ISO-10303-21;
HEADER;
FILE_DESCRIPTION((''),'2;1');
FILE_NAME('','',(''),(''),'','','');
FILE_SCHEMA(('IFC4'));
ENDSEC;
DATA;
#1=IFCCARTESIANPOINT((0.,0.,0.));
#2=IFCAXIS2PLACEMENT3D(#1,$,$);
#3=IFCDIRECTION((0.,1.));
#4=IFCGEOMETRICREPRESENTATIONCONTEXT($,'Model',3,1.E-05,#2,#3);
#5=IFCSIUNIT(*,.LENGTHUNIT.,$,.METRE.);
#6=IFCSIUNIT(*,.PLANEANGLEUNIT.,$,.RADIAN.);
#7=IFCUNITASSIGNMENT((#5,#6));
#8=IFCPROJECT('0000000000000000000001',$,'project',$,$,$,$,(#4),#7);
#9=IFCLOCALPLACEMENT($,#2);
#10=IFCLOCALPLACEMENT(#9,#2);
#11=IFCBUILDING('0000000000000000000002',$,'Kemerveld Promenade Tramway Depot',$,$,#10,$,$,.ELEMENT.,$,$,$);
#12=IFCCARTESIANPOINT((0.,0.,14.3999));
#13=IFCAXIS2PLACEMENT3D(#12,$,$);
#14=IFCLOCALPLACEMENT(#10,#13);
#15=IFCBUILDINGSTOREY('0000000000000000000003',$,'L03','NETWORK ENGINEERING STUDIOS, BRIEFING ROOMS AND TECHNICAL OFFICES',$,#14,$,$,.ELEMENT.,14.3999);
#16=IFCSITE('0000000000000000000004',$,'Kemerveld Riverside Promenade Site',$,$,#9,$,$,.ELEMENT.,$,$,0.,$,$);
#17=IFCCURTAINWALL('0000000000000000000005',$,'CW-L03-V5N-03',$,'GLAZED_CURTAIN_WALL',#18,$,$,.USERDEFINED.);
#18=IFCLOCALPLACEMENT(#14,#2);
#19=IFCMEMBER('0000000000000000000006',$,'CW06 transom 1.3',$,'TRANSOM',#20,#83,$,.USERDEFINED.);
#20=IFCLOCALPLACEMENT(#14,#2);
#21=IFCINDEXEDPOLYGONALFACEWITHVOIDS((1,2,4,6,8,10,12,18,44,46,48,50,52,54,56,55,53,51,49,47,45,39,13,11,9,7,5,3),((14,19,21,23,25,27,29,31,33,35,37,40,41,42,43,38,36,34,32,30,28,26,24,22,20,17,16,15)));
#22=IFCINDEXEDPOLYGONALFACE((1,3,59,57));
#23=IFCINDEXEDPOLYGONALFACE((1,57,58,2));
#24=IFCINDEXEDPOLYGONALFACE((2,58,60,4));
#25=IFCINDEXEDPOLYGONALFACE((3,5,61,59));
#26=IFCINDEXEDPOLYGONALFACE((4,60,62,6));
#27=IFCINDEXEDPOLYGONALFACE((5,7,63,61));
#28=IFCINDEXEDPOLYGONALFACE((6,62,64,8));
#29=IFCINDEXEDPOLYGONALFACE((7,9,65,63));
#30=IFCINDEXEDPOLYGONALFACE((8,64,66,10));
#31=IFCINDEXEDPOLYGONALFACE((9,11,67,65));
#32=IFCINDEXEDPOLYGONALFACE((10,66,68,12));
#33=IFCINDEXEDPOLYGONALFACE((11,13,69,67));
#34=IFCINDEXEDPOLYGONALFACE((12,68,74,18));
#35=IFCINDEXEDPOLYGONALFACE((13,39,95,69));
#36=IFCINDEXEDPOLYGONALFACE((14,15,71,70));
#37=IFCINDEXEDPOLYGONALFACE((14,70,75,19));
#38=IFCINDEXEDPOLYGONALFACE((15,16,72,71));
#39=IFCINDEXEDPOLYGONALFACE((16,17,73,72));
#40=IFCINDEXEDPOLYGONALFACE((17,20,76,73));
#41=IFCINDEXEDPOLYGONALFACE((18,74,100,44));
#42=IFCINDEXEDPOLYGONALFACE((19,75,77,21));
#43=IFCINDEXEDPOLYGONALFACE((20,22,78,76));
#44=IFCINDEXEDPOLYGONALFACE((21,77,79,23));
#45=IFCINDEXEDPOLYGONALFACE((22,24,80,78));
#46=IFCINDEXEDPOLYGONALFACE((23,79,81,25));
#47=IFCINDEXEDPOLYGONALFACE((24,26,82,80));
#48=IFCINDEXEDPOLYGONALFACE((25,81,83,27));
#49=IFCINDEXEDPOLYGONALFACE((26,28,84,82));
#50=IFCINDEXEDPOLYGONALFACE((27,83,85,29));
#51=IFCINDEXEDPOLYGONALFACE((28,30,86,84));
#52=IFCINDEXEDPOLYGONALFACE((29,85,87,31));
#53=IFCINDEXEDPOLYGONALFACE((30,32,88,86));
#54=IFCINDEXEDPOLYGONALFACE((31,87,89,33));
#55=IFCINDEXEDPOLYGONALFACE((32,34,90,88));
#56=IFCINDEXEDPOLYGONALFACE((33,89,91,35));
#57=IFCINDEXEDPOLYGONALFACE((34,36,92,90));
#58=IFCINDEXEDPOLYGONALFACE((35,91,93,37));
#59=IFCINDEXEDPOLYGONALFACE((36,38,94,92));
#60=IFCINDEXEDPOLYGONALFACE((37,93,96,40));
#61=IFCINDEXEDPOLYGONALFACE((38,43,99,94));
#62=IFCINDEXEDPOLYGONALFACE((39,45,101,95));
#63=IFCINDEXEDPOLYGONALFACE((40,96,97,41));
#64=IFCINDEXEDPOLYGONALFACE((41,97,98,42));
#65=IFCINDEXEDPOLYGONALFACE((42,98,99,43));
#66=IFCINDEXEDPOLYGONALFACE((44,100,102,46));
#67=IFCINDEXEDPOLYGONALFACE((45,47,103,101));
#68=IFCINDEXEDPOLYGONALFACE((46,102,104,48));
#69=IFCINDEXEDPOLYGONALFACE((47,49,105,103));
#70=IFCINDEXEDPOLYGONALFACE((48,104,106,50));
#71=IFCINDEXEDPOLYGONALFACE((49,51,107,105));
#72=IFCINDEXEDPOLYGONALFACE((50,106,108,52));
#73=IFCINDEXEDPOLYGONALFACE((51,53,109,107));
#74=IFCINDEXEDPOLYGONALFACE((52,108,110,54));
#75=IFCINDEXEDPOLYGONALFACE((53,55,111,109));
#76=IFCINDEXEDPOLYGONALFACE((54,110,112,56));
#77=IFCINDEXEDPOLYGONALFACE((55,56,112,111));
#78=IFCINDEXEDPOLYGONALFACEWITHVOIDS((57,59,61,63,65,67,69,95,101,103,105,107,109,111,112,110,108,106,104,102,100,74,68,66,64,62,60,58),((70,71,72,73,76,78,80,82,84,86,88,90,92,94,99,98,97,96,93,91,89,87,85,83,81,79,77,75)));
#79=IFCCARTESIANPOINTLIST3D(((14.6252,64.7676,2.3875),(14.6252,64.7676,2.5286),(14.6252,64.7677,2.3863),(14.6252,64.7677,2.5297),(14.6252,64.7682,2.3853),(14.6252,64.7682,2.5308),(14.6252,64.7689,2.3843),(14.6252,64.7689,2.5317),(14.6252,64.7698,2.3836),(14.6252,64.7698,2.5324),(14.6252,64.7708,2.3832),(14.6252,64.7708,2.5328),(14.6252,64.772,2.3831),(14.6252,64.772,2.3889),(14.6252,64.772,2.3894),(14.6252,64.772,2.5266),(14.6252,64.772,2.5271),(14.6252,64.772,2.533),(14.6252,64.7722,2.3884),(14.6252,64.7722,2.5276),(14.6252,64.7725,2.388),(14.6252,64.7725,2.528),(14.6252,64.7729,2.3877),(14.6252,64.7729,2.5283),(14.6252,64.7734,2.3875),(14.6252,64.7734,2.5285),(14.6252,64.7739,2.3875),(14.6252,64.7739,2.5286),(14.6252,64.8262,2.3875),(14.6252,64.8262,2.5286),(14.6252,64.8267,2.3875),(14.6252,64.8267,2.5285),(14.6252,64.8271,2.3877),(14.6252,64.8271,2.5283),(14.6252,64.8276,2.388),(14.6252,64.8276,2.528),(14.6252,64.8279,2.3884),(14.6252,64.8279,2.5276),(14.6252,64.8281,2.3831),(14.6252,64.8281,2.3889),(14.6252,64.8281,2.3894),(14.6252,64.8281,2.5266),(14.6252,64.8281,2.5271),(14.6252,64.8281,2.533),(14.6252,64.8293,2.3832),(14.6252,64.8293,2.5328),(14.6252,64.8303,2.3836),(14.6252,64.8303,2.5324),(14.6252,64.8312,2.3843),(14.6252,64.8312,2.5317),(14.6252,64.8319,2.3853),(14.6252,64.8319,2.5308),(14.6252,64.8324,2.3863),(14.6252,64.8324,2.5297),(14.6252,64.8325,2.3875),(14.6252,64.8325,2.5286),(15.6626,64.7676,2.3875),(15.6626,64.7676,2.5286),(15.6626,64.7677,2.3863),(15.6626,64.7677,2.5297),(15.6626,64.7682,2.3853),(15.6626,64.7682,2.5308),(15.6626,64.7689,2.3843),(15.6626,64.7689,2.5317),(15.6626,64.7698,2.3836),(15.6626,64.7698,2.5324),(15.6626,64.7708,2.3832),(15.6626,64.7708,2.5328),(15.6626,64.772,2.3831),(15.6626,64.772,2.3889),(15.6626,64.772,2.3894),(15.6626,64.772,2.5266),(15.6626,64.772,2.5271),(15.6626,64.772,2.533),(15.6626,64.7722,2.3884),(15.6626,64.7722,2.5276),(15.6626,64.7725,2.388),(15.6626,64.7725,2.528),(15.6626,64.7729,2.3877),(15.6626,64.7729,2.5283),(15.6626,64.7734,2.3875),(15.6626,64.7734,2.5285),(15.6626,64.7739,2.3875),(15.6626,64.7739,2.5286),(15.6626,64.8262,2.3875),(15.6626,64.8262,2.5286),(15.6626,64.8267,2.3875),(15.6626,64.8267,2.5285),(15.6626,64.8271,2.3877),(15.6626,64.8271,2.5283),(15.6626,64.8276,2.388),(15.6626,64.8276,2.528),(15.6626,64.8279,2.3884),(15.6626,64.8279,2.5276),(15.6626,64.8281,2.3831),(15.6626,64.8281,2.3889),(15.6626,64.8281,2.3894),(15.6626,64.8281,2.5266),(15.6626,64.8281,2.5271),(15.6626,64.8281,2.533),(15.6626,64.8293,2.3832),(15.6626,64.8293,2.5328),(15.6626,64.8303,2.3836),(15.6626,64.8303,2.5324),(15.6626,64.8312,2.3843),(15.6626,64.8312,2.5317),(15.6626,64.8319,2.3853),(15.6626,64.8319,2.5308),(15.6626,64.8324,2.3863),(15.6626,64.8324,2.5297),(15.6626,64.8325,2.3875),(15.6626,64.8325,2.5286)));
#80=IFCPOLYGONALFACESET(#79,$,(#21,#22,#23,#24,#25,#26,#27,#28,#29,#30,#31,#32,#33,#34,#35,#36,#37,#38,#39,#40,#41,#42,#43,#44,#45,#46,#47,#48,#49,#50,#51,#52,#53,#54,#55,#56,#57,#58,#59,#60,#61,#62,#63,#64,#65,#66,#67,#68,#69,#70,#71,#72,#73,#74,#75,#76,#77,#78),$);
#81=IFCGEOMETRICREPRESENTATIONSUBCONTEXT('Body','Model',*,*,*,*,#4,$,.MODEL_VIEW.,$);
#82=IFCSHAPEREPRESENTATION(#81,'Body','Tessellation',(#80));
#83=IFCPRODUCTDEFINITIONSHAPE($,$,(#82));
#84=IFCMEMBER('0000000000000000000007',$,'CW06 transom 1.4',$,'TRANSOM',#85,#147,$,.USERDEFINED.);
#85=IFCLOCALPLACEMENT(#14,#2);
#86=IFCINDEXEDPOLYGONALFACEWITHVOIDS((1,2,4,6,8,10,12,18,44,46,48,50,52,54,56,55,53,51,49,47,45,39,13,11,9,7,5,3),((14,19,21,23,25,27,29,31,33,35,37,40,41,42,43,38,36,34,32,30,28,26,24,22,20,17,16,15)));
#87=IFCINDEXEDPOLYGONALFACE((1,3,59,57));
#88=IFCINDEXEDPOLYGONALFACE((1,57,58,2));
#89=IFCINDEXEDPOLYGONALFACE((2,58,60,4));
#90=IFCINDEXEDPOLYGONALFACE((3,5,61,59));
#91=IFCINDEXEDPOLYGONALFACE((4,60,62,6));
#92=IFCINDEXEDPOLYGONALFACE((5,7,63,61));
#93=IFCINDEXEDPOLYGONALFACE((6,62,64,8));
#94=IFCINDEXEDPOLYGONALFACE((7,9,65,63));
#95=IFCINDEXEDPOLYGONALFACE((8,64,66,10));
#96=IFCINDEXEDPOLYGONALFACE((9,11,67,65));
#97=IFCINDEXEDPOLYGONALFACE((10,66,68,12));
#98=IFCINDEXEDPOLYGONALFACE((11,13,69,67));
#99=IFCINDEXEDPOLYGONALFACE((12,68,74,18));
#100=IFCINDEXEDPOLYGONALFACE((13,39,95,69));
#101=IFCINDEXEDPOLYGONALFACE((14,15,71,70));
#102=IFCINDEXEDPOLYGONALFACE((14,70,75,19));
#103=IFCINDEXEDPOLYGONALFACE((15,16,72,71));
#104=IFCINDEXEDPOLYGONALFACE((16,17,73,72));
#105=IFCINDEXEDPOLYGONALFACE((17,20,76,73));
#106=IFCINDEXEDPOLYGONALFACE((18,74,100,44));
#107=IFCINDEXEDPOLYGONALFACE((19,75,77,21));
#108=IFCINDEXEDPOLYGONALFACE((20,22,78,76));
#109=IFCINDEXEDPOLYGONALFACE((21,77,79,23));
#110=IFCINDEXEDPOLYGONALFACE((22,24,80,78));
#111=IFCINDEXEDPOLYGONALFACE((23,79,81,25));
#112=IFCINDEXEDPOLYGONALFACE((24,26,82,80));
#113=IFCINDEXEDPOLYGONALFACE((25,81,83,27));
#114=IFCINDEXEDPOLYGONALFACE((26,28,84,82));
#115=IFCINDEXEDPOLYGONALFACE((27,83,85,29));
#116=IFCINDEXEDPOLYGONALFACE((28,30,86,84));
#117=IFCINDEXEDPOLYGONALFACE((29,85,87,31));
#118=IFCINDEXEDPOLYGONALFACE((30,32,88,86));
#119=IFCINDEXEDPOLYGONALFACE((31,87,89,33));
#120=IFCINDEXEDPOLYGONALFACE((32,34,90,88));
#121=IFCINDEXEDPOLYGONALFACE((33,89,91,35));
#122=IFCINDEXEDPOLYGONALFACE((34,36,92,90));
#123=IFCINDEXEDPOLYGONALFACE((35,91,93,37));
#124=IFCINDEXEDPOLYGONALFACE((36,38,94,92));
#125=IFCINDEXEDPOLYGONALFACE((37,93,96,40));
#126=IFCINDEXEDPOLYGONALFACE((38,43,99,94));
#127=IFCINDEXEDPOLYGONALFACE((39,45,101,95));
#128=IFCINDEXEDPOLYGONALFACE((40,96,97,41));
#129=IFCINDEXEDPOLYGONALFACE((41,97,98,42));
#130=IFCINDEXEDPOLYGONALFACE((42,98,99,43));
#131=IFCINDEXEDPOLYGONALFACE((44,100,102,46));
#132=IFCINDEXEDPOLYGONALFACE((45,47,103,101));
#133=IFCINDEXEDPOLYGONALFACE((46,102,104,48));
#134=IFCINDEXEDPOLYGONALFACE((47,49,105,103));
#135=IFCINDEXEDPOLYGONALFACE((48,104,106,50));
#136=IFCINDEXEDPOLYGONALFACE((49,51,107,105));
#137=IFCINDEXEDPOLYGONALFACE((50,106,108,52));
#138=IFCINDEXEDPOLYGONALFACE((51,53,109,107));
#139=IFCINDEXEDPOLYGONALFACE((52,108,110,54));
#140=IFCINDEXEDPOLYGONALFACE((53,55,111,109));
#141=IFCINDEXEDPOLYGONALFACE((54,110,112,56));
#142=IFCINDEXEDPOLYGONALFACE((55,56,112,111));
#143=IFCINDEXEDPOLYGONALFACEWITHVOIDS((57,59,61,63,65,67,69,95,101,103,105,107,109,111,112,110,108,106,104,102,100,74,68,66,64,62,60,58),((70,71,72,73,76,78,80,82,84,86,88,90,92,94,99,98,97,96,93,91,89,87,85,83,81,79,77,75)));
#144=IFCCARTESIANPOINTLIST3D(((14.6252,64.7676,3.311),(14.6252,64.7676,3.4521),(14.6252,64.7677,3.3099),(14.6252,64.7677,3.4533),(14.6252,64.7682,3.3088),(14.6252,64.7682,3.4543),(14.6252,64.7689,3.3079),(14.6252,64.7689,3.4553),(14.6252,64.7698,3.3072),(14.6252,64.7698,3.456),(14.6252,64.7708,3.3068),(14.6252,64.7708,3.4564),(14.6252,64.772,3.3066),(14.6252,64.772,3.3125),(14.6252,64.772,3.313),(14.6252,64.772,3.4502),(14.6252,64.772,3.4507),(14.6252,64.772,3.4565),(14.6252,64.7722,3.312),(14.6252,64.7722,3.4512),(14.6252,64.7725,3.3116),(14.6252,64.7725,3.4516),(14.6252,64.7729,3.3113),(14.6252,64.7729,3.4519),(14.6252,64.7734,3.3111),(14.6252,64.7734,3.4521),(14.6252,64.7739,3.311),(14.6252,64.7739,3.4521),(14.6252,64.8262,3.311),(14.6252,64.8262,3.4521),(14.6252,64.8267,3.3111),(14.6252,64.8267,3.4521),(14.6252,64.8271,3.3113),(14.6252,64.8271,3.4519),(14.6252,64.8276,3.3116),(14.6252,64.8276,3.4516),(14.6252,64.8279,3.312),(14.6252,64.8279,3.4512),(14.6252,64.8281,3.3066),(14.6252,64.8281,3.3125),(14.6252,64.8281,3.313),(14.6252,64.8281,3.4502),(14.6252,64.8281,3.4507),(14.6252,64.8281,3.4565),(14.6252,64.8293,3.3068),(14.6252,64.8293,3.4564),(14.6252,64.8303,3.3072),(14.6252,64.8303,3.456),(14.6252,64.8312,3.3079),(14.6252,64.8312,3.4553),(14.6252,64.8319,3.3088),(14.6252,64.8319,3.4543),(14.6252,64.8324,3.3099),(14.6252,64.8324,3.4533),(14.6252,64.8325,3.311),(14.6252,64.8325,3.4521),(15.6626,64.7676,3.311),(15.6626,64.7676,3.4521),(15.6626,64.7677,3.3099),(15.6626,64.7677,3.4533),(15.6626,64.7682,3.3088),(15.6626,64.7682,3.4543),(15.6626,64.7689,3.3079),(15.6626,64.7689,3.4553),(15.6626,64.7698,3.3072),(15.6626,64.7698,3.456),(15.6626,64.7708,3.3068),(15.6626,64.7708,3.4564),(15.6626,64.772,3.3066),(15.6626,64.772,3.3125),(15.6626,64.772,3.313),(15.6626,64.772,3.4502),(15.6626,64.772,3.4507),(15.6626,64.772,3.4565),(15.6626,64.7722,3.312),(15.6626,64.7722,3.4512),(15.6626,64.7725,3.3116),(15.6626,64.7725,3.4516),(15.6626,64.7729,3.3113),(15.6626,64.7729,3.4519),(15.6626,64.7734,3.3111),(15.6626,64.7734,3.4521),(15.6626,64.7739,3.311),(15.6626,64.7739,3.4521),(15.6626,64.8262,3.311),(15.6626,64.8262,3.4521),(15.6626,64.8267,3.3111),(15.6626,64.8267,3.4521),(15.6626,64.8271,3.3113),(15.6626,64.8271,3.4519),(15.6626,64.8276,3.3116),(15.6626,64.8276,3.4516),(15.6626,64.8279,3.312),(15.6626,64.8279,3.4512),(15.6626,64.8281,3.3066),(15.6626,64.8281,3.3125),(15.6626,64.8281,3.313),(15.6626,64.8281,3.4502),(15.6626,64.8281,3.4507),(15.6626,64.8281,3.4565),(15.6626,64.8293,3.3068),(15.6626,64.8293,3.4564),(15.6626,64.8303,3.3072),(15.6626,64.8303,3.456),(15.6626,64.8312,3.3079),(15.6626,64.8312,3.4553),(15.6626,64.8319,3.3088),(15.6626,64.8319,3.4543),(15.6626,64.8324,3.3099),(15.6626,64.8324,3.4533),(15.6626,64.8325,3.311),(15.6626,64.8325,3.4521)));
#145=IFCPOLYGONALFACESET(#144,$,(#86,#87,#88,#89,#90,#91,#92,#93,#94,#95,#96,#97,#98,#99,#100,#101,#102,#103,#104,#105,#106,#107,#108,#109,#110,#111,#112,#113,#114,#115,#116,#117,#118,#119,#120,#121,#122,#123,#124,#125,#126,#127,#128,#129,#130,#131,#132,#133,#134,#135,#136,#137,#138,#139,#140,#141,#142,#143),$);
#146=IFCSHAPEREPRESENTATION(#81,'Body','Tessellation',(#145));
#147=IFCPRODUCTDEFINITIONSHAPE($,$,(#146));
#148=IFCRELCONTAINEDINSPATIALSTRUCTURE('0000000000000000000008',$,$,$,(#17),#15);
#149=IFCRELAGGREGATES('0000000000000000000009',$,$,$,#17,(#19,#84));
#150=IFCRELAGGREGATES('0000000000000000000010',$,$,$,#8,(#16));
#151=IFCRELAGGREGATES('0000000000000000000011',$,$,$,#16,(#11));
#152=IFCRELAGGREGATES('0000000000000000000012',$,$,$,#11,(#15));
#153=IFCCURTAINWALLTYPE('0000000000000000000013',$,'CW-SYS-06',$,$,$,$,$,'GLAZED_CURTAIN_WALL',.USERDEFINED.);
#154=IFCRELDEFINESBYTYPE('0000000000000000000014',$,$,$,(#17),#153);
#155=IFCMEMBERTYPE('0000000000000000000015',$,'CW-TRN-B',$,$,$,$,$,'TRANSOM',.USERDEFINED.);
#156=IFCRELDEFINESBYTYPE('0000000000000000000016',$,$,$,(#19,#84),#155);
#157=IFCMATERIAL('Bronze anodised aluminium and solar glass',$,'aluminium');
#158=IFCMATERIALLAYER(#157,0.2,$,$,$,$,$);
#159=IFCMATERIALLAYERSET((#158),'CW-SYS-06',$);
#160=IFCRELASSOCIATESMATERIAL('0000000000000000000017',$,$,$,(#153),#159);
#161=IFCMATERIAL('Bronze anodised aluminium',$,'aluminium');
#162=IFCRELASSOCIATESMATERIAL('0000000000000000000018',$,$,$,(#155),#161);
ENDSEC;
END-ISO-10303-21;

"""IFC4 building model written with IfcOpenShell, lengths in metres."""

from ifc_helpers import new_model, si_unit, direction, frame, origin, origin_2d, place, context, subcontext, project, spatial, hollow_rectangle, extrude, material, layer, layer_set, material_profile, profile_set, type_object, element, aggregate, save


model = new_model("IFC4")

# Units and contexts
model_context = context("Model", 3, precision=1e-05, world=origin(), true_north=direction((0.0, 1.0)))
body_context = subcontext(model_context, "Body", "Model", "MODEL_VIEW")
ifc_project = project(units=[si_unit("LENGTHUNIT", "METRE"), si_unit("PLANEANGLEUNIT", "RADIAN")], contexts=[model_context])

# Site, building, storey
site_placement = place(None, origin())
site = spatial("IfcSite", under=ifc_project, at=site_placement, Name="Kemerveld Riverside Promenade Site", CompositionType="ELEMENT", RefElevation=0.0)
building_placement = place(site_placement, origin())
building = spatial("IfcBuilding", under=site, at=building_placement, Name="Kemerveld Promenade Tramway Depot", CompositionType="ELEMENT")
storey_placement = place(building_placement, frame((0.0, 0.0, 14.3999)))
storey = spatial("IfcBuildingStorey", under=building, at=storey_placement, Name="L03", Description="NETWORK ENGINEERING STUDIOS, BRIEFING ROOMS AND TECHNICAL OFFICES", CompositionType="ELEMENT", Elevation=14.3999)

# Curtain wall, members
ifc_material_1 = material(Name="Bronze anodised aluminium and solar glass", Category="aluminium")
ifc_layer_1 = layer(ifc_material_1, 0.2)
ifc_layer_set_1 = layer_set([ifc_layer_1], Name="CW-SYS-06")
curtain_wall_type = type_object("IfcCurtainWallType", Name="CW-SYS-06", ElementType="GLAZED_CURTAIN_WALL", PredefinedType="USERDEFINED", material=ifc_layer_set_1)
curtain_wall_placement = place(storey_placement, origin())
curtain_wall = element("IfcCurtainWall", 1, at=curtain_wall_placement, inside=storey, type_object=curtain_wall_type, Name="CW-L03-V5N-03", ObjectType="GLAZED_CURTAIN_WALL", PredefinedType="USERDEFINED")
ifc_material_2 = material(Name="Bronze anodised aluminium", Category="aluminium")
ifc_material_profile_1 = material_profile(ifc_material_2, hollow_rectangle(XDim=0.0649, YDim=0.1499, WallThickness=0.0044, InnerFilletRadius=0.002, OuterFilletRadius=0.0044, at=origin_2d()), Name="CW-TRN-150x65")
ifc_profile_set_1 = profile_set([ifc_material_profile_1], Name="Bronze anodised aluminium")
member_type_1 = type_object("IfcMemberType", Name="CW-TRN-B", ElementType="TRANSOM", PredefinedType="USERDEFINED", material=ifc_profile_set_1)
member_1_placement = place(storey_placement, frame((14.6252, 64.8, 2.458), z_axis=(1.0, 0.0, 0.0), x_axis=(0.0, 1.0, 0.0)))
member_1 = element("IfcMember", 2, at=member_1_placement, type_object=member_type_1, Name="CW06 transom 1.3", ObjectType="TRANSOM", PredefinedType="USERDEFINED", context=body_context, shape_type="SweptSolid", body=[
    extrude(hollow_rectangle(XDim=0.0649, YDim=0.1499, WallThickness=0.0044, InnerFilletRadius=0.002, OuterFilletRadius=0.0044, at=origin_2d()), origin(), (0.0, 0.0, 1.0), 1.0374),
])
member_2_placement = place(storey_placement, frame((14.6252, 64.8, 3.3816), z_axis=(1.0, 0.0, 0.0), x_axis=(0.0, 1.0, 0.0)))
member_2 = element("IfcMember", 3, at=member_2_placement, type_object=member_type_1, Name="CW06 transom 1.4", ObjectType="TRANSOM", PredefinedType="USERDEFINED", context=body_context, shape_type="SweptSolid", body=[
    extrude(hollow_rectangle(XDim=0.0649, YDim=0.1499, WallThickness=0.0044, InnerFilletRadius=0.002, OuterFilletRadius=0.0044, at=origin_2d()), origin(), (0.0, 0.0, 1.0), 1.0374),
])
aggregate(curtain_wall, [member_1, member_2])

save(model, "model.ifc")
